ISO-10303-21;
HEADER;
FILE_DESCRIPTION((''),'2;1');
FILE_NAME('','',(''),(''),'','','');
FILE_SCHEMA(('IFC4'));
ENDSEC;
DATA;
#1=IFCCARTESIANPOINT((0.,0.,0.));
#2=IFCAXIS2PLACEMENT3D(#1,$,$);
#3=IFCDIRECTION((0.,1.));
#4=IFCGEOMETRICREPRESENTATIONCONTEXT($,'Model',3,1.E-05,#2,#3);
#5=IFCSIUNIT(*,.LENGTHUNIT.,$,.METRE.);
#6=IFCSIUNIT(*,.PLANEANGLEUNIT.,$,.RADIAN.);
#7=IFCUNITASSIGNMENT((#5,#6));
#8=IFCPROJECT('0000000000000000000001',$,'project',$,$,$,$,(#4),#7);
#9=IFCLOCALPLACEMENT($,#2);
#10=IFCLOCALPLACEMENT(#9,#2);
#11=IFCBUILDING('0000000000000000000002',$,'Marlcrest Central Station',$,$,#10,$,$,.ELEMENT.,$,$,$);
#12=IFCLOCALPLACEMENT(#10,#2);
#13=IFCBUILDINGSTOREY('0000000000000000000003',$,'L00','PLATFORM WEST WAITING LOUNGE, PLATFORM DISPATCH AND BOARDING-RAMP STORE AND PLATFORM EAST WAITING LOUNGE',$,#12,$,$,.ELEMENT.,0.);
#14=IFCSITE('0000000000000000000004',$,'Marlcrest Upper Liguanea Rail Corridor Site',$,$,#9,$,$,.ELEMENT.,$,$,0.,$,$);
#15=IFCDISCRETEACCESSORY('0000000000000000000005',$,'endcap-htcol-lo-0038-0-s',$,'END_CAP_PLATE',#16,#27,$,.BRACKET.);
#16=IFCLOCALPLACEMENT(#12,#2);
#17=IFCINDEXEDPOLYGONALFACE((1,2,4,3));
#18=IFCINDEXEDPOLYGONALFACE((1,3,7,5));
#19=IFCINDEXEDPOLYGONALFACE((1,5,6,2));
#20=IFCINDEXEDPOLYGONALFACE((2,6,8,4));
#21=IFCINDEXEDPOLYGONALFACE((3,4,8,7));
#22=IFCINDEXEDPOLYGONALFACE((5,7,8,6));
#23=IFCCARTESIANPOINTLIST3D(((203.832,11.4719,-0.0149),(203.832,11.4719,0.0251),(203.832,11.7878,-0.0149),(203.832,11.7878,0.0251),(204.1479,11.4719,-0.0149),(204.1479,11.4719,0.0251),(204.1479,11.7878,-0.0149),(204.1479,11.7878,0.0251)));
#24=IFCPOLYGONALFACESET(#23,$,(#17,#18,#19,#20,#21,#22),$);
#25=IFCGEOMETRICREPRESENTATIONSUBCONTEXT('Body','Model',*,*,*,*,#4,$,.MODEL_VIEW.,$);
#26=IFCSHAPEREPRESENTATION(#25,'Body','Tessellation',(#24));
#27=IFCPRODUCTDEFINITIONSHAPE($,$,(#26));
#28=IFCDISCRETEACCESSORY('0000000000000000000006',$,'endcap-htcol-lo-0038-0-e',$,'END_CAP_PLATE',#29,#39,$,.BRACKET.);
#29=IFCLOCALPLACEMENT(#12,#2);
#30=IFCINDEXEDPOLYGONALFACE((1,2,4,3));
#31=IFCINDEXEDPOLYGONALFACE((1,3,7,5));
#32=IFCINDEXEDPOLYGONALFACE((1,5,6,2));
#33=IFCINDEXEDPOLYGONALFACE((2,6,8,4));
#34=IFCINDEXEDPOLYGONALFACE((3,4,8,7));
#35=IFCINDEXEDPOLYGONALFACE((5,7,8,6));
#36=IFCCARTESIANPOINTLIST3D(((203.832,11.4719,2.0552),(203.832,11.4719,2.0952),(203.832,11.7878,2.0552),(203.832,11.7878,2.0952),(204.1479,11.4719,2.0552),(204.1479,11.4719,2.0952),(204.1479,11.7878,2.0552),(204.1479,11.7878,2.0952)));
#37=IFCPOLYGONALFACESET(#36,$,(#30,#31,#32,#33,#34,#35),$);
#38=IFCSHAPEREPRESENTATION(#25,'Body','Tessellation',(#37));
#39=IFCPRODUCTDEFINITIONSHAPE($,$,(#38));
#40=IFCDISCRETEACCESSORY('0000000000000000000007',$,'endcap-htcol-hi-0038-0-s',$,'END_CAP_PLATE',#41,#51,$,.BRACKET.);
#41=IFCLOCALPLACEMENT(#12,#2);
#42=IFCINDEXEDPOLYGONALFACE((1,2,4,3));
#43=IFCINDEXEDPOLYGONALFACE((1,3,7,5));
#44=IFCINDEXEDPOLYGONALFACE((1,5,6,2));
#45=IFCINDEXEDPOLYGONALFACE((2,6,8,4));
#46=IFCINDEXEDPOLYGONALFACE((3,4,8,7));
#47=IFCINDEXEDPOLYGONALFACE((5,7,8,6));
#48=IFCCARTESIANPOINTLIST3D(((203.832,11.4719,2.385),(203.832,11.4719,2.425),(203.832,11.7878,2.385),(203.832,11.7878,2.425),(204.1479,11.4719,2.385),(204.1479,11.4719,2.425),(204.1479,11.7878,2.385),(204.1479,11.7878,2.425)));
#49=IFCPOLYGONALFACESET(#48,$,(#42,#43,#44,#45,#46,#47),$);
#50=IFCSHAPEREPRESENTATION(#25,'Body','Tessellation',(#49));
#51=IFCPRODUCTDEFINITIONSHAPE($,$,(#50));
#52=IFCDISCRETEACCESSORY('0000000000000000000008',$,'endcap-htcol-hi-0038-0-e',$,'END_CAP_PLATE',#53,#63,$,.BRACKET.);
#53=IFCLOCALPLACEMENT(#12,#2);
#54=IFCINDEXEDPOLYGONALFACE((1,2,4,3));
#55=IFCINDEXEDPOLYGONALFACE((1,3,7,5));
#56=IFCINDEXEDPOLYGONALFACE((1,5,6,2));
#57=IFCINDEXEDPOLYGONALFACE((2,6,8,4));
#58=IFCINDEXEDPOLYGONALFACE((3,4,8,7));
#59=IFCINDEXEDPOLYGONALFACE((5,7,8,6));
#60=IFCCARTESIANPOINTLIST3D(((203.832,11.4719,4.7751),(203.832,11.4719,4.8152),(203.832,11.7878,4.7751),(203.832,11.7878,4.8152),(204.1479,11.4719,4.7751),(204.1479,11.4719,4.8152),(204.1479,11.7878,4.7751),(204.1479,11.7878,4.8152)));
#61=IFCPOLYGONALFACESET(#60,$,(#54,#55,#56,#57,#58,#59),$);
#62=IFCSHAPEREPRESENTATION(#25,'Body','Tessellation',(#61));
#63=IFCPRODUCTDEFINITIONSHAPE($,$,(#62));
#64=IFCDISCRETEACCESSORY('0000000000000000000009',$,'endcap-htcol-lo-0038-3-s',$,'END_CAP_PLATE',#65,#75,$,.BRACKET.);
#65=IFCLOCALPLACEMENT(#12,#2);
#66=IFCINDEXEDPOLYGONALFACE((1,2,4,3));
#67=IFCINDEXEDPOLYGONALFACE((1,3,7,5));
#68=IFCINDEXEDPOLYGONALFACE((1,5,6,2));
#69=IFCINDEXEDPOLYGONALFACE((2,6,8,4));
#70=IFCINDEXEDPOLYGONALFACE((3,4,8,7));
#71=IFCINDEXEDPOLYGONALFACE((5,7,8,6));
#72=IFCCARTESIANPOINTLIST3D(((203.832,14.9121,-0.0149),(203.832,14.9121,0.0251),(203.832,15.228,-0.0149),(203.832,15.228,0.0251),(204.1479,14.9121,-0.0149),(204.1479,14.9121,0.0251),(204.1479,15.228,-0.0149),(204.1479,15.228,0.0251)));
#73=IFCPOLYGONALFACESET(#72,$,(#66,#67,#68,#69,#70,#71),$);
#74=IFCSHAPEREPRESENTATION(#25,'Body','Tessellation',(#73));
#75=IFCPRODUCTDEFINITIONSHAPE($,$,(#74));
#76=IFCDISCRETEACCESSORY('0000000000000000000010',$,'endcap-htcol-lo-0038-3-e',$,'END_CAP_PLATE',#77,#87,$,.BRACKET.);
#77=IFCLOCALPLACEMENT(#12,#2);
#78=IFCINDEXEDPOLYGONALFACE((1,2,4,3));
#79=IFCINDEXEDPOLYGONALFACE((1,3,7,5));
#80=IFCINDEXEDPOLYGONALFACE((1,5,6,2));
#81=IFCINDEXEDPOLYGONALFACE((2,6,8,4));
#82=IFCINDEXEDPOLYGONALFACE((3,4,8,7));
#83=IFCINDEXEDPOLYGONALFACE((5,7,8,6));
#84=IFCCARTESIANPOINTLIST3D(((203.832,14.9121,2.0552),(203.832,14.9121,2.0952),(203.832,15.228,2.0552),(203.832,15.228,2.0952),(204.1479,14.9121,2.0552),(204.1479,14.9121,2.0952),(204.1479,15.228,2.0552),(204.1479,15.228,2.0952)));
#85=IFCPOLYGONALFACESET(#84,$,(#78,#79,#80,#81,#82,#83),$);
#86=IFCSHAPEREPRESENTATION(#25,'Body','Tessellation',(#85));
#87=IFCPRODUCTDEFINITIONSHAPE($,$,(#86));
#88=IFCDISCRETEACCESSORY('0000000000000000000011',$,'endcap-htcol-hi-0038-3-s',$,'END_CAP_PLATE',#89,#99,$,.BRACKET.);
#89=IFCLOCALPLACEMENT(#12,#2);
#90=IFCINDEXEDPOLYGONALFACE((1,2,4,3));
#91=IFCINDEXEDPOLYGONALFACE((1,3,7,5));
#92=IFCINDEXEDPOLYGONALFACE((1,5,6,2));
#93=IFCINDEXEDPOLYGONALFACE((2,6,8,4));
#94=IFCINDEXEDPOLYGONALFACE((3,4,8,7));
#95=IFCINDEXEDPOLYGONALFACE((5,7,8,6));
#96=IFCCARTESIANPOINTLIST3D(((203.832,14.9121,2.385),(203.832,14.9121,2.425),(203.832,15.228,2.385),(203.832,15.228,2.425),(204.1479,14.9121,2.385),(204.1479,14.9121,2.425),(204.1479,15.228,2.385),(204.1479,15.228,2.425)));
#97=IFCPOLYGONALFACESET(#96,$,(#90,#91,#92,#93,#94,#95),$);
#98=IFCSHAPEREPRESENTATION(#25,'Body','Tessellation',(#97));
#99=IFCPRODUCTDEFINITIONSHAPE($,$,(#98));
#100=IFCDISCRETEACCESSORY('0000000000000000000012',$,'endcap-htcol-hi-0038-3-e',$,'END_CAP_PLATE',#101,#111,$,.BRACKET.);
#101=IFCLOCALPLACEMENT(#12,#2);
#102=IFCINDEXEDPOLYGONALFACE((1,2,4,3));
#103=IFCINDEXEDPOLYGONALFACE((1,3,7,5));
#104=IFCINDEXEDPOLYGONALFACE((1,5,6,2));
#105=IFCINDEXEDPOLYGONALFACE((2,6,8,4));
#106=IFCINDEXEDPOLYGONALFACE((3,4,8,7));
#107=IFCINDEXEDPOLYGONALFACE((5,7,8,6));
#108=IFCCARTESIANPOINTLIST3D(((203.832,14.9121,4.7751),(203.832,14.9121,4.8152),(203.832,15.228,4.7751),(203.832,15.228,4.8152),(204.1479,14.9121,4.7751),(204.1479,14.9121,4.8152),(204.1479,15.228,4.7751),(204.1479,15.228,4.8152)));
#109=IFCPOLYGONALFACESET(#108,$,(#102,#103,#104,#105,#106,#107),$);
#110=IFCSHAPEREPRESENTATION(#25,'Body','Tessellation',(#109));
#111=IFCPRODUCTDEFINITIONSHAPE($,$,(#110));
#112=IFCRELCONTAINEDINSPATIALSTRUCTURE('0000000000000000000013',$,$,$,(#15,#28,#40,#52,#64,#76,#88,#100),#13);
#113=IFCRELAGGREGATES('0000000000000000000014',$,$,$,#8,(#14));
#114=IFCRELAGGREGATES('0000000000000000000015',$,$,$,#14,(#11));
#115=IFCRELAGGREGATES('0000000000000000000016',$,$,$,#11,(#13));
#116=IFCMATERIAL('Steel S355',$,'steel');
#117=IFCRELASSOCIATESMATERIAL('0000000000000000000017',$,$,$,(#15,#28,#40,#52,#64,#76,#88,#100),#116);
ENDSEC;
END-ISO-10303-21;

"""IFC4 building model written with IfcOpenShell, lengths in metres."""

from ifc_helpers import new_model, si_unit, direction, frame, origin, origin_2d, place, context, subcontext, project, spatial, rectangle, extrude, material, element, save


model = new_model("IFC4")

# Units and contexts
model_context = context("Model", 3, precision=1e-05, world=origin(), true_north=direction((0.0, 1.0)))
body_context = subcontext(model_context, "Body", "Model", "MODEL_VIEW")
ifc_project = project(units=[si_unit("LENGTHUNIT", "METRE"), si_unit("PLANEANGLEUNIT", "RADIAN")], contexts=[model_context])

# Site, building, storey
site_placement = place(None, origin())
site = spatial("IfcSite", under=ifc_project, at=site_placement, Name="Marlcrest Upper Liguanea Rail Corridor Site", CompositionType="ELEMENT", RefElevation=0.0)
building_placement = place(site_placement, origin())
building = spatial("IfcBuilding", under=site, at=building_placement, Name="Marlcrest Central Station", CompositionType="ELEMENT")
storey_placement = place(building_placement, origin())
storey = spatial("IfcBuildingStorey", under=building, at=storey_placement, Name="L00", Description="PLATFORM WEST WAITING LOUNGE, PLATFORM DISPATCH AND BOARDING-RAMP STORE AND PLATFORM EAST WAITING LOUNGE", CompositionType="ELEMENT", Elevation=0.0)

# Shared definitions
ifc_material_1 = material(Name="Steel S355", Category="steel")

# Discrete accessories
for number, where, z_axis, x_axis, name in (
    (1, (203.99, 11.6299, -0.0149), (0.0, 0.0, 1.0), (1.0, 0.0, 0.0), "endcap-htcol-lo-0038-0-s"),
    (2, (203.99, 11.6299, 2.0552), (0.0, 0.0, 1.0), (1.0, 0.0, 0.0), "endcap-htcol-lo-0038-0-e"),
    (3, (203.99, 11.6299, 2.385), (0.0, 0.0, 1.0), (1.0, 0.0, 0.0), "endcap-htcol-hi-0038-0-s"),
    (4, (203.99, 11.6299, 4.7751), (0.0, 0.0, 1.0), (1.0, 0.0, 0.0), "endcap-htcol-hi-0038-0-e"),
    (5, (203.99, 15.0701, -0.0149), (0.0, 0.0, 1.0), (1.0, 0.0, 0.0), "endcap-htcol-lo-0038-3-s"),
    (6, (203.99, 15.0701, 2.0552), (0.0, 0.0, 1.0), (1.0, 0.0, 0.0), "endcap-htcol-lo-0038-3-e"),
    (7, (203.99, 15.0701, 2.385), (0.0, 0.0, 1.0), (1.0, 0.0, 0.0), "endcap-htcol-hi-0038-3-s"),
    (8, (203.99, 15.0701, 4.7751), (0.0, 0.0, 1.0), (1.0, 0.0, 0.0), "endcap-htcol-hi-0038-3-e"),
):
    element("IfcDiscreteAccessory", number, at=place(storey_placement, frame(where, z_axis=z_axis, x_axis=x_axis)), inside=storey, material=ifc_material_1, Name=name, ObjectType="END_CAP_PLATE", PredefinedType="BRACKET", context=body_context, shape_type="SweptSolid", body=[
        extrude(rectangle(XDim=0.3159, YDim=0.3159, at=origin_2d()), origin(), (0.0, 0.0, 1.0), 0.04),
    ])

save(model, "model.ifc")
